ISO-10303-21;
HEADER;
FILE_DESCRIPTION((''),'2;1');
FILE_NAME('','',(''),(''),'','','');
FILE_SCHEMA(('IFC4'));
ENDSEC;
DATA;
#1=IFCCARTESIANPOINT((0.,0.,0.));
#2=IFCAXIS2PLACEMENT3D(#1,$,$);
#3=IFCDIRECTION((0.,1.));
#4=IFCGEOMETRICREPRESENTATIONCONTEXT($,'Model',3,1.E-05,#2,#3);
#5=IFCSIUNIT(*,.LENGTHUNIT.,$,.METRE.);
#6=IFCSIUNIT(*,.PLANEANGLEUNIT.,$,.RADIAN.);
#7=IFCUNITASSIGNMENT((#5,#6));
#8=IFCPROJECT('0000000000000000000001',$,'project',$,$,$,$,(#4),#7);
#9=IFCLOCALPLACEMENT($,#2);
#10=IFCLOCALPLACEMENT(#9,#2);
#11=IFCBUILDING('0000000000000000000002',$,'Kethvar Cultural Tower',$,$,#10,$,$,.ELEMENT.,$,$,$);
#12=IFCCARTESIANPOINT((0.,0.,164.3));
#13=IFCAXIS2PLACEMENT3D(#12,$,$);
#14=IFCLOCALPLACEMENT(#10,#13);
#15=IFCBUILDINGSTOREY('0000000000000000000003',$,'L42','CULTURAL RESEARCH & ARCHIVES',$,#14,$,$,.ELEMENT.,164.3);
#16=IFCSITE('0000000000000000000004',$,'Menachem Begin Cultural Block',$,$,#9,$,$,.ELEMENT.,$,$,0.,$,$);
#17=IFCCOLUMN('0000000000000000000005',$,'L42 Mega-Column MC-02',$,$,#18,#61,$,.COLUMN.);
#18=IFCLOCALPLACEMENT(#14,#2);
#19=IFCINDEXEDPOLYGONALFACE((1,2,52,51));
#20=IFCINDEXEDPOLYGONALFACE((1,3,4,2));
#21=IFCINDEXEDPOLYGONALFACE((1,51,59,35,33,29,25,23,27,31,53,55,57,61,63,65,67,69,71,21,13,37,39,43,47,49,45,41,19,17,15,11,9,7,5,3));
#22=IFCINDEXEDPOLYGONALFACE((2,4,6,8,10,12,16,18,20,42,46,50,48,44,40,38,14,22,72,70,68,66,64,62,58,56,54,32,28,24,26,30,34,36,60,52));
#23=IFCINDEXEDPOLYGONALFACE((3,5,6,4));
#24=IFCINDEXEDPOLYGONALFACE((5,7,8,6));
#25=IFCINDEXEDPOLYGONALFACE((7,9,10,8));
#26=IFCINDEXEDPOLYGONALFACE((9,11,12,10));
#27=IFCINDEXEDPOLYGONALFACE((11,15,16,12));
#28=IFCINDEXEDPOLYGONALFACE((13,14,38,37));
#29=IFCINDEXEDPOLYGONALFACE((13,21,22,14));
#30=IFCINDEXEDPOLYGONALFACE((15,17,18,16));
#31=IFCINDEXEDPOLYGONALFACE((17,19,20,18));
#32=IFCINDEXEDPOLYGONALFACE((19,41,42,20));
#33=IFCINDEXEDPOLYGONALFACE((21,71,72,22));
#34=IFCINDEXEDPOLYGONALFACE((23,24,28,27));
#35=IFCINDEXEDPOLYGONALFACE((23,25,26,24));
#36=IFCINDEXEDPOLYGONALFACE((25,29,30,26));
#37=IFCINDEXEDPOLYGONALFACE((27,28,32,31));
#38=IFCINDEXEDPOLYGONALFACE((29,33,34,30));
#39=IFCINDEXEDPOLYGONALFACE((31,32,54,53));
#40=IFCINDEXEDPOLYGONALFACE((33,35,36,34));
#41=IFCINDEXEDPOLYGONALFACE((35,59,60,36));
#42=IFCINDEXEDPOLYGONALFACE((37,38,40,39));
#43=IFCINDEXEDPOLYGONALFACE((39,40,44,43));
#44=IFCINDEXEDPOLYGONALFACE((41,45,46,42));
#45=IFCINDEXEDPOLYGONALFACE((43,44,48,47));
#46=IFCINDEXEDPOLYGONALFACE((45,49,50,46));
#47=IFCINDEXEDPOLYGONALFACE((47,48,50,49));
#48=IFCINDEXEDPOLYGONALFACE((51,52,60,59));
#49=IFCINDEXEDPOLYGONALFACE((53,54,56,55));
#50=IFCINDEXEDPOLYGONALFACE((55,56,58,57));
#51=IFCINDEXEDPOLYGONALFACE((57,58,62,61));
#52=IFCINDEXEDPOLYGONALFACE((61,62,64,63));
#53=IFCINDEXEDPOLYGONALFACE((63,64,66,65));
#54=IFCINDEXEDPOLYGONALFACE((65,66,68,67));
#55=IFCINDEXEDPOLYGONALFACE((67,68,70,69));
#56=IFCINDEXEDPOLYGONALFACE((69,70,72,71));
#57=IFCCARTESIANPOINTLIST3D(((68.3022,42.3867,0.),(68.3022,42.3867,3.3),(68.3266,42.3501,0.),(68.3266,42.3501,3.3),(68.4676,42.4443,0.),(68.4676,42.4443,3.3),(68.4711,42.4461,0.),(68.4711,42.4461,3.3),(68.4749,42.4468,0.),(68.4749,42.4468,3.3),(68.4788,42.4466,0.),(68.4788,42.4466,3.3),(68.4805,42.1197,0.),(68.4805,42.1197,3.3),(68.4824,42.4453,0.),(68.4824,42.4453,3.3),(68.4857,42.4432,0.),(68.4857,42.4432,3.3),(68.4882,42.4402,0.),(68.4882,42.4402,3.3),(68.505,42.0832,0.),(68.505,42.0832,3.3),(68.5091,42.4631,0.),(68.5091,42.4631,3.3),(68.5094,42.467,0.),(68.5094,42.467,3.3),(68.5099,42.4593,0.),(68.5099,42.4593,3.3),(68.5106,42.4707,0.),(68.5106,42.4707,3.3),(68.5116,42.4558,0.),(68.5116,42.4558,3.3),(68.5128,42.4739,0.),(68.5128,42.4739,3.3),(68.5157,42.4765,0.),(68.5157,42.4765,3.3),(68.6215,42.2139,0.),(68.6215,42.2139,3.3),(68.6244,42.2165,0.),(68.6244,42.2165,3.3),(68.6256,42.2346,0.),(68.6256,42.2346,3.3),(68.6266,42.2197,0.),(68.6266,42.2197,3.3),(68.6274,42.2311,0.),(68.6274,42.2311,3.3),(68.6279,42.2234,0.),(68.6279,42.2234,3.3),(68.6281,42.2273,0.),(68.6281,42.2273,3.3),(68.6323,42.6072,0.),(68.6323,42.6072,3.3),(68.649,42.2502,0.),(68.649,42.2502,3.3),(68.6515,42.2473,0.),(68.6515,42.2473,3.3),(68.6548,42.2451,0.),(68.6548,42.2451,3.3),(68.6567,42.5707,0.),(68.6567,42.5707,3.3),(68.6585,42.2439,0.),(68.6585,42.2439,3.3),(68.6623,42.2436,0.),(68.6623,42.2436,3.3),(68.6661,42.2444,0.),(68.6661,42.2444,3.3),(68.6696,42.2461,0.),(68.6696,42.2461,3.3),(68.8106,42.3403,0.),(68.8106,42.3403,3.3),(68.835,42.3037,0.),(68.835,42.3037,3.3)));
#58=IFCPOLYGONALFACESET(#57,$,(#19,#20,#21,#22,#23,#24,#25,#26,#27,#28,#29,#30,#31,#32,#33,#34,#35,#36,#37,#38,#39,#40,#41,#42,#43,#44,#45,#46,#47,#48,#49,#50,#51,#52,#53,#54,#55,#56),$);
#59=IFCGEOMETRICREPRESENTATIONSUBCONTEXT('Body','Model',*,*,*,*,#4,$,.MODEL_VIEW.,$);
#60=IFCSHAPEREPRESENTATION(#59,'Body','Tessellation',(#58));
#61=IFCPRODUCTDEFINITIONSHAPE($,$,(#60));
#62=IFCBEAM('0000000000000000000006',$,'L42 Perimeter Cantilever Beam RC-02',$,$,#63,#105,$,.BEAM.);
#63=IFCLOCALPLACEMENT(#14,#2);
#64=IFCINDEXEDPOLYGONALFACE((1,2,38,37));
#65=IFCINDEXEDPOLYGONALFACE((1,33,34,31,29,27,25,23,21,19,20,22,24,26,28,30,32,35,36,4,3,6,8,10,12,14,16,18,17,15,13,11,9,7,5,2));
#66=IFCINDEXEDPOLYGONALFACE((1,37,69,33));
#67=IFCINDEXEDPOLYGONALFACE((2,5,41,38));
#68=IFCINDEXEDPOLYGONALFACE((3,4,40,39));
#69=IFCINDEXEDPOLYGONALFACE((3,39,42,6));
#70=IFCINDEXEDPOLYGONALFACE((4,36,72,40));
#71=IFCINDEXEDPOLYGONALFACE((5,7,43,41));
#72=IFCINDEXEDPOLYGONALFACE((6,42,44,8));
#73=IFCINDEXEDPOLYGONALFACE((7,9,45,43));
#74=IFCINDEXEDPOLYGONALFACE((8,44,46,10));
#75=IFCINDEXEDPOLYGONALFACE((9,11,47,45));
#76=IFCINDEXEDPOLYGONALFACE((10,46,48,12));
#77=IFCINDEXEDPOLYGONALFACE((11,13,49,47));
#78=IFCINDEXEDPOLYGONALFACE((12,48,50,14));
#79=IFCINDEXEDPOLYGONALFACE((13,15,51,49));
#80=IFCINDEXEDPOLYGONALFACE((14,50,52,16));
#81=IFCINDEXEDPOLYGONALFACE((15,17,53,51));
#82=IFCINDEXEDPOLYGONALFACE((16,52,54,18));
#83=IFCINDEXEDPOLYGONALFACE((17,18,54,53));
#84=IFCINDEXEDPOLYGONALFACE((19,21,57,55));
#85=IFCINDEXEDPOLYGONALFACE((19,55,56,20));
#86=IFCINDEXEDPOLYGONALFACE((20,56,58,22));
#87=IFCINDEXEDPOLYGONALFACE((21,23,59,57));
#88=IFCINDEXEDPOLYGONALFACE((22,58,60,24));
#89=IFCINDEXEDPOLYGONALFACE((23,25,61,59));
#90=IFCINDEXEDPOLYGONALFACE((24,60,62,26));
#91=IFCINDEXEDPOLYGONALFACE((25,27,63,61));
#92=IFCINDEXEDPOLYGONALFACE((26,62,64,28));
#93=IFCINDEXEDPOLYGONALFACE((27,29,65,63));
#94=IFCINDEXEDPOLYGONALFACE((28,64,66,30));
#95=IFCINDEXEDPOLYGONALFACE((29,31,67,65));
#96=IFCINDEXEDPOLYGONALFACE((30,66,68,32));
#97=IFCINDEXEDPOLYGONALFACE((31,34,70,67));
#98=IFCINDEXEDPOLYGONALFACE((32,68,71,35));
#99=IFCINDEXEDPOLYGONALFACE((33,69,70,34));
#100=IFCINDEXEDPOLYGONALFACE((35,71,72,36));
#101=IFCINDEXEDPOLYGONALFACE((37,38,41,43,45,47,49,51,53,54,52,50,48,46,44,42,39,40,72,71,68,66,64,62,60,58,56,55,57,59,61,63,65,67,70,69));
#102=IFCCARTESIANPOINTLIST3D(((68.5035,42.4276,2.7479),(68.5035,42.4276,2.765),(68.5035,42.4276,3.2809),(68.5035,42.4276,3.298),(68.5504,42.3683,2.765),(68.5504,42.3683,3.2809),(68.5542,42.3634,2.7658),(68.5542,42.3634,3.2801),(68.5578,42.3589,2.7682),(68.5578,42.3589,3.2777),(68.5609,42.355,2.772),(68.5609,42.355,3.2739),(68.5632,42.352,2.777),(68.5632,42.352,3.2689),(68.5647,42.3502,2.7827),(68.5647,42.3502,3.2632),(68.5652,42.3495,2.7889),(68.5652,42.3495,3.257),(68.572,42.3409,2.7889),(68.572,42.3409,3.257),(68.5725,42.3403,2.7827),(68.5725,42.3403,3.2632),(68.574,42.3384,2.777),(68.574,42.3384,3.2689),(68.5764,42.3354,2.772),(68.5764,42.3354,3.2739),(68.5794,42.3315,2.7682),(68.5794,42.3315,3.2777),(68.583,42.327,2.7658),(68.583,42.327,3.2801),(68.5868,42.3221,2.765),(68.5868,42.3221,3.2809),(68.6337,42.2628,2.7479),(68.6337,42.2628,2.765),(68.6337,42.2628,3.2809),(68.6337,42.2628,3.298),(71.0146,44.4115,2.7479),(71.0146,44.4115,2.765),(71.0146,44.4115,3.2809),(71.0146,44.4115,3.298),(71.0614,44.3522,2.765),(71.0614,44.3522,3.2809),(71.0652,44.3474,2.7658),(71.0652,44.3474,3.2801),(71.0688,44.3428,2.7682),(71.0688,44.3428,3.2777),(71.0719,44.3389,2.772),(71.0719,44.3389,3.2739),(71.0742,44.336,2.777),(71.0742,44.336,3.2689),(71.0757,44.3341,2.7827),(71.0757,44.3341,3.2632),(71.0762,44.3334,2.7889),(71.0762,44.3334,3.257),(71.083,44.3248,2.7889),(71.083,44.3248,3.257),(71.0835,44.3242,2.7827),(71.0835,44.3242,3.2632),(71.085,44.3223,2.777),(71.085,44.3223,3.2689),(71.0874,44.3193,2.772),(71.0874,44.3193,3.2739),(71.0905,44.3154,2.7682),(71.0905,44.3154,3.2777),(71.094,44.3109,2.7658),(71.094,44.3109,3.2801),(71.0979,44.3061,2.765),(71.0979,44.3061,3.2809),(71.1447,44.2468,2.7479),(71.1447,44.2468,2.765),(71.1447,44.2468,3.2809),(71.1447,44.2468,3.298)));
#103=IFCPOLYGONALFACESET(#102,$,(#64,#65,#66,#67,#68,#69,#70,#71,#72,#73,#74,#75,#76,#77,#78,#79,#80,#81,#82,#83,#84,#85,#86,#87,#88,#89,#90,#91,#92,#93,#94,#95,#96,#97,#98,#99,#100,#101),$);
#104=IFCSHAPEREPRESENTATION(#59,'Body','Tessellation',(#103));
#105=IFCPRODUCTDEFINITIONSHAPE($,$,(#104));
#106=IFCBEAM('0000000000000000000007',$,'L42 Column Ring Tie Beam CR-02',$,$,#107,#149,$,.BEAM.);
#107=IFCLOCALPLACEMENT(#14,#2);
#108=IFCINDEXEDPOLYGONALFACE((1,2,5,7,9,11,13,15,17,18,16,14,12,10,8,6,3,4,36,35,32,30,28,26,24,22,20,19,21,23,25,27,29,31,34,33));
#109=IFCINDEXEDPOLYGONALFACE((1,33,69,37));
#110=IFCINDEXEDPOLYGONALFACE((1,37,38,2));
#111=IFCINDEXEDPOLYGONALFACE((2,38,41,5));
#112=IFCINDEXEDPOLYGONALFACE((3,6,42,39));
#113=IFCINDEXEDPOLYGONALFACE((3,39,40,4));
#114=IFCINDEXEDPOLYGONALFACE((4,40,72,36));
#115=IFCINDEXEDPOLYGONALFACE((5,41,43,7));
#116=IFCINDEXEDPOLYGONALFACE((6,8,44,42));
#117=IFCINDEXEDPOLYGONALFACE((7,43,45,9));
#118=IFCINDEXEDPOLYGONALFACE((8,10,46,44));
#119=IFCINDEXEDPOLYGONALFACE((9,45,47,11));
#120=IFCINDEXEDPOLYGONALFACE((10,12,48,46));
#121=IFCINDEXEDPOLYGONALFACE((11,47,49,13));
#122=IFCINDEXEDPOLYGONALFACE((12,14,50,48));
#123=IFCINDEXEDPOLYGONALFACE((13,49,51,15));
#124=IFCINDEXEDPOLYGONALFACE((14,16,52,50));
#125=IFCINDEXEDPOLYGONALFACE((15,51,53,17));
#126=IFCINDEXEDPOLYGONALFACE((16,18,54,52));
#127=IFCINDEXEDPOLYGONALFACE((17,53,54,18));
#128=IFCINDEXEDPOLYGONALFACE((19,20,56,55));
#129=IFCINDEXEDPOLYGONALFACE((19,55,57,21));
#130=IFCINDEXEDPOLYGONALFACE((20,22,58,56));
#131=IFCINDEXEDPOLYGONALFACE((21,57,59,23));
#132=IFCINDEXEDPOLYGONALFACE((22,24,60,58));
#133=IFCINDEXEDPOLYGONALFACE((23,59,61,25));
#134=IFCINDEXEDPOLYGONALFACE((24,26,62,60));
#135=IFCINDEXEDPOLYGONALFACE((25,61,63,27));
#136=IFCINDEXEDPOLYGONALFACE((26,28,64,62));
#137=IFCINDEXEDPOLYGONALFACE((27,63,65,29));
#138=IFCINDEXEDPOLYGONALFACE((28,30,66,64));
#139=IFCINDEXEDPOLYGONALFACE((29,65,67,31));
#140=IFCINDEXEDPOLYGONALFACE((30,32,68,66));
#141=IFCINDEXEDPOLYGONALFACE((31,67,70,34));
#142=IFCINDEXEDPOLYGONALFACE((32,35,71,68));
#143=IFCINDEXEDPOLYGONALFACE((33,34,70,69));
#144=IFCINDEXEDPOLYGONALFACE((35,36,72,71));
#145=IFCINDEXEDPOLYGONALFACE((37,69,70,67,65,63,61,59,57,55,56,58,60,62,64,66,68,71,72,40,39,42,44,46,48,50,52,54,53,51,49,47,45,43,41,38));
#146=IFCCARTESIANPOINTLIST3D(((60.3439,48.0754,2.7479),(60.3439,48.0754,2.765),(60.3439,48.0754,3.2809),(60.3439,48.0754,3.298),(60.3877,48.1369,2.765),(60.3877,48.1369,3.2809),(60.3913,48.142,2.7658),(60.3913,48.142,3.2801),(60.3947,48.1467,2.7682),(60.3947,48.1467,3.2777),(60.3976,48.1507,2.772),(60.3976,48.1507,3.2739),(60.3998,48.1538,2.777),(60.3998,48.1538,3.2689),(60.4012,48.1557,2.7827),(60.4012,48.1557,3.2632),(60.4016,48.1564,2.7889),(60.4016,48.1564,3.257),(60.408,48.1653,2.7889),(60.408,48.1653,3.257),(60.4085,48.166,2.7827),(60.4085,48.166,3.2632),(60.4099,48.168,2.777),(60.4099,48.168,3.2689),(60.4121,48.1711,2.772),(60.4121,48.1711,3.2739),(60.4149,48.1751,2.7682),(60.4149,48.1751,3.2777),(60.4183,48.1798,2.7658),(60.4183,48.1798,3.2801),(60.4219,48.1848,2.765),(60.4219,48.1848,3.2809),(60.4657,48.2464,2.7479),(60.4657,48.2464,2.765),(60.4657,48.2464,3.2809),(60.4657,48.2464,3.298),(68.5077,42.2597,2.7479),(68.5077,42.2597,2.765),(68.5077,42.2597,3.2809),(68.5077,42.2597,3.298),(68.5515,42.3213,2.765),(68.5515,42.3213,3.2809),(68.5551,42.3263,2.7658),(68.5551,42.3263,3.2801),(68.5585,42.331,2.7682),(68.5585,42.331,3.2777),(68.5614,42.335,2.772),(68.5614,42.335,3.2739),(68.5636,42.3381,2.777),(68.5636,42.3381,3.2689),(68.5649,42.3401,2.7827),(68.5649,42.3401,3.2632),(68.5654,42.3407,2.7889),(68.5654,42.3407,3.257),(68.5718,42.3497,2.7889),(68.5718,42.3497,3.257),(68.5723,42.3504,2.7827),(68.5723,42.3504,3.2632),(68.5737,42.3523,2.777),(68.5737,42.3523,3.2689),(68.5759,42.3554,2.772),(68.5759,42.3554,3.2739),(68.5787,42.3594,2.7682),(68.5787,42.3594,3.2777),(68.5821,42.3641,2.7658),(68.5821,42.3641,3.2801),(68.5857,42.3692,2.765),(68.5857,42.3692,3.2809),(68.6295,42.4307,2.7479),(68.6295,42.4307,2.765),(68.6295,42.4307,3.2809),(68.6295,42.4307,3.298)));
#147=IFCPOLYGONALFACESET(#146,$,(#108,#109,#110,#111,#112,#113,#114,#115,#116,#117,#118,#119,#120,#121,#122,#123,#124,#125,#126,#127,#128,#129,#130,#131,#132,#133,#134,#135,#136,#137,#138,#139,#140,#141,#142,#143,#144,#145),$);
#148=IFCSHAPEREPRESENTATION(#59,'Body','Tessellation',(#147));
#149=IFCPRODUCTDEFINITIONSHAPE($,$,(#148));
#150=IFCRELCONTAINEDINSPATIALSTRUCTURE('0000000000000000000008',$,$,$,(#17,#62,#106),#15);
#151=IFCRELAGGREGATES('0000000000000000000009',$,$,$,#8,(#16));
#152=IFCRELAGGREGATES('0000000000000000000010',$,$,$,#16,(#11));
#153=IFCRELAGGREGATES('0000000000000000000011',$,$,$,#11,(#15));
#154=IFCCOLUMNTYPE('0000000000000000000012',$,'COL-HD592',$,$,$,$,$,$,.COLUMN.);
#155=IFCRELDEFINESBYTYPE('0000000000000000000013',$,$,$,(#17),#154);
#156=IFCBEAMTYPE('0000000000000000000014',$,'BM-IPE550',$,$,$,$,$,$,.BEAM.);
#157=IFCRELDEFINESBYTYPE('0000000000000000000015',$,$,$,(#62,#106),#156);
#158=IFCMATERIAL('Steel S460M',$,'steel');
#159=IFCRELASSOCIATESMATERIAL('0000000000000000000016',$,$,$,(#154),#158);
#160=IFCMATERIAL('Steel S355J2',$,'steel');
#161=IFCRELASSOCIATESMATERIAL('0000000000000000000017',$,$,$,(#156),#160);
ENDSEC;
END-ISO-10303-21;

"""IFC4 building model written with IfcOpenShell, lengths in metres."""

from ifc_helpers import new_model, si_unit, direction, frame, origin, origin_2d, place, context, subcontext, project, spatial, i_section, extrude, source, transform, mapped, material, material_profile, profile_set, type_object, element, save


model = new_model("IFC4")

# Units and contexts
model_context = context("Model", 3, precision=1e-05, world=origin(), true_north=direction((0.0, 1.0)))
body_context = subcontext(model_context, "Body", "Model", "MODEL_VIEW")
ifc_project = project(units=[si_unit("LENGTHUNIT", "METRE"), si_unit("PLANEANGLEUNIT", "RADIAN")], contexts=[model_context])

# Site, building, storey
site_placement = place(None, origin())
site = spatial("IfcSite", under=ifc_project, at=site_placement, Name="Menachem Begin Cultural Block", CompositionType="ELEMENT", RefElevation=0.0)
building_placement = place(site_placement, origin())
building = spatial("IfcBuilding", under=site, at=building_placement, Name="Kethvar Cultural Tower", CompositionType="ELEMENT")
storey_placement = place(building_placement, frame((0.0, 0.0, 164.3)))
storey = spatial("IfcBuildingStorey", under=building, at=storey_placement, Name="L42", Description="CULTURAL RESEARCH & ARCHIVES", CompositionType="ELEMENT", Elevation=164.3)

# Column
ifc_material_1 = material(Name="Steel S460M", Category="steel")
ifc_material_profile_1 = material_profile(ifc_material_1, i_section(OverallWidth=0.397, OverallDepth=0.365, WebThickness=0.0281, FlangeThickness=0.0439, FilletRadius=0.0149, at=origin_2d()), Name="Steel S460M — HD400x592")
ifc_profile_set_1 = profile_set([ifc_material_profile_1], Name="Steel S460M — HD400x592")
column_type = type_object("IfcColumnType", Name="COL-HD592", PredefinedType="COLUMN", material=ifc_profile_set_1)
shared_shape_1 = source(origin(), body_context, "Body", "SweptSolid", [
    extrude(i_section(OverallWidth=0.397, OverallDepth=0.365, WebThickness=0.0281, FlangeThickness=0.0439, FilletRadius=0.0149, at=origin_2d()), origin(), (0.0, 0.0, 1.0), 3.3),
])
column_placement = place(storey_placement, frame((68.5686, 42.3452, 0.0), z_axis=(0.0, 0.0, 1.0), x_axis=(0.83147, 0.55557, 0.0)))
element("IfcColumn", 1, at=column_placement, inside=storey, type_object=column_type, Name="L42 Mega-Column MC-02", PredefinedType="COLUMN", context=body_context, shape_type="MappedRepresentation", body=[
    mapped(shared_shape_1, transform((0.0, 0.0, 0.0), scale=1.0)),
])

# Beams
ifc_material_2 = material(Name="Steel S355J2", Category="steel")
ifc_material_profile_2 = material_profile(ifc_material_2, i_section(OverallWidth=0.21, OverallDepth=0.55, WebThickness=0.011, FlangeThickness=0.0171, FilletRadius=0.0239, at=origin_2d()), Name="Steel S355J2 — IPE550")
ifc_profile_set_2 = profile_set([ifc_material_profile_2], Name="Steel S355J2 — IPE550")
beam_type_1 = type_object("IfcBeamType", Name="BM-IPE550", PredefinedType="BEAM", material=ifc_profile_set_2)
shared_shape_2 = source(origin(), body_context, "Body", "SweptSolid", [
    extrude(i_section(OverallWidth=0.21, OverallDepth=0.55, WebThickness=0.011, FlangeThickness=0.0171, FilletRadius=0.0239, at=origin_2d()), origin(), (0.0, 0.0, 1.0), 3.2002),
])
beam_1_placement = place(storey_placement, frame((68.5686, 42.3452, 3.0229), z_axis=(0.78465, 0.619939, 0.0), x_axis=(-0.619939, 0.78465, 0.0)))
element("IfcBeam", 2, at=beam_1_placement, inside=storey, type_object=beam_type_1, Name="L42 Perimeter Cantilever Beam RC-02", PredefinedType="BEAM", context=body_context, shape_type="MappedRepresentation", body=[
    mapped(shared_shape_2, transform((0.0, 0.0, 0.0), scale=1.0)),
])
shared_shape_3 = source(origin(), body_context, "Body", "SweptSolid", [
    extrude(i_section(OverallWidth=0.21, OverallDepth=0.55, WebThickness=0.011, FlangeThickness=0.0171, FilletRadius=0.0239, at=origin_2d()), origin(), (0.0, 0.0, 1.0), 10.0234),
])
beam_2_placement = place(storey_placement, frame((68.5686, 42.3452, 3.0229), z_axis=(-0.81447, 0.580206, 0.0), x_axis=(-0.580206, -0.81447, 0.0)))
element("IfcBeam", 3, at=beam_2_placement, inside=storey, type_object=beam_type_1, Name="L42 Column Ring Tie Beam CR-02", PredefinedType="BEAM", context=body_context, shape_type="MappedRepresentation", body=[
    mapped(shared_shape_3, transform((0.0, 0.0, 0.0), scale=1.0)),
])

save(model, "model.ifc")
